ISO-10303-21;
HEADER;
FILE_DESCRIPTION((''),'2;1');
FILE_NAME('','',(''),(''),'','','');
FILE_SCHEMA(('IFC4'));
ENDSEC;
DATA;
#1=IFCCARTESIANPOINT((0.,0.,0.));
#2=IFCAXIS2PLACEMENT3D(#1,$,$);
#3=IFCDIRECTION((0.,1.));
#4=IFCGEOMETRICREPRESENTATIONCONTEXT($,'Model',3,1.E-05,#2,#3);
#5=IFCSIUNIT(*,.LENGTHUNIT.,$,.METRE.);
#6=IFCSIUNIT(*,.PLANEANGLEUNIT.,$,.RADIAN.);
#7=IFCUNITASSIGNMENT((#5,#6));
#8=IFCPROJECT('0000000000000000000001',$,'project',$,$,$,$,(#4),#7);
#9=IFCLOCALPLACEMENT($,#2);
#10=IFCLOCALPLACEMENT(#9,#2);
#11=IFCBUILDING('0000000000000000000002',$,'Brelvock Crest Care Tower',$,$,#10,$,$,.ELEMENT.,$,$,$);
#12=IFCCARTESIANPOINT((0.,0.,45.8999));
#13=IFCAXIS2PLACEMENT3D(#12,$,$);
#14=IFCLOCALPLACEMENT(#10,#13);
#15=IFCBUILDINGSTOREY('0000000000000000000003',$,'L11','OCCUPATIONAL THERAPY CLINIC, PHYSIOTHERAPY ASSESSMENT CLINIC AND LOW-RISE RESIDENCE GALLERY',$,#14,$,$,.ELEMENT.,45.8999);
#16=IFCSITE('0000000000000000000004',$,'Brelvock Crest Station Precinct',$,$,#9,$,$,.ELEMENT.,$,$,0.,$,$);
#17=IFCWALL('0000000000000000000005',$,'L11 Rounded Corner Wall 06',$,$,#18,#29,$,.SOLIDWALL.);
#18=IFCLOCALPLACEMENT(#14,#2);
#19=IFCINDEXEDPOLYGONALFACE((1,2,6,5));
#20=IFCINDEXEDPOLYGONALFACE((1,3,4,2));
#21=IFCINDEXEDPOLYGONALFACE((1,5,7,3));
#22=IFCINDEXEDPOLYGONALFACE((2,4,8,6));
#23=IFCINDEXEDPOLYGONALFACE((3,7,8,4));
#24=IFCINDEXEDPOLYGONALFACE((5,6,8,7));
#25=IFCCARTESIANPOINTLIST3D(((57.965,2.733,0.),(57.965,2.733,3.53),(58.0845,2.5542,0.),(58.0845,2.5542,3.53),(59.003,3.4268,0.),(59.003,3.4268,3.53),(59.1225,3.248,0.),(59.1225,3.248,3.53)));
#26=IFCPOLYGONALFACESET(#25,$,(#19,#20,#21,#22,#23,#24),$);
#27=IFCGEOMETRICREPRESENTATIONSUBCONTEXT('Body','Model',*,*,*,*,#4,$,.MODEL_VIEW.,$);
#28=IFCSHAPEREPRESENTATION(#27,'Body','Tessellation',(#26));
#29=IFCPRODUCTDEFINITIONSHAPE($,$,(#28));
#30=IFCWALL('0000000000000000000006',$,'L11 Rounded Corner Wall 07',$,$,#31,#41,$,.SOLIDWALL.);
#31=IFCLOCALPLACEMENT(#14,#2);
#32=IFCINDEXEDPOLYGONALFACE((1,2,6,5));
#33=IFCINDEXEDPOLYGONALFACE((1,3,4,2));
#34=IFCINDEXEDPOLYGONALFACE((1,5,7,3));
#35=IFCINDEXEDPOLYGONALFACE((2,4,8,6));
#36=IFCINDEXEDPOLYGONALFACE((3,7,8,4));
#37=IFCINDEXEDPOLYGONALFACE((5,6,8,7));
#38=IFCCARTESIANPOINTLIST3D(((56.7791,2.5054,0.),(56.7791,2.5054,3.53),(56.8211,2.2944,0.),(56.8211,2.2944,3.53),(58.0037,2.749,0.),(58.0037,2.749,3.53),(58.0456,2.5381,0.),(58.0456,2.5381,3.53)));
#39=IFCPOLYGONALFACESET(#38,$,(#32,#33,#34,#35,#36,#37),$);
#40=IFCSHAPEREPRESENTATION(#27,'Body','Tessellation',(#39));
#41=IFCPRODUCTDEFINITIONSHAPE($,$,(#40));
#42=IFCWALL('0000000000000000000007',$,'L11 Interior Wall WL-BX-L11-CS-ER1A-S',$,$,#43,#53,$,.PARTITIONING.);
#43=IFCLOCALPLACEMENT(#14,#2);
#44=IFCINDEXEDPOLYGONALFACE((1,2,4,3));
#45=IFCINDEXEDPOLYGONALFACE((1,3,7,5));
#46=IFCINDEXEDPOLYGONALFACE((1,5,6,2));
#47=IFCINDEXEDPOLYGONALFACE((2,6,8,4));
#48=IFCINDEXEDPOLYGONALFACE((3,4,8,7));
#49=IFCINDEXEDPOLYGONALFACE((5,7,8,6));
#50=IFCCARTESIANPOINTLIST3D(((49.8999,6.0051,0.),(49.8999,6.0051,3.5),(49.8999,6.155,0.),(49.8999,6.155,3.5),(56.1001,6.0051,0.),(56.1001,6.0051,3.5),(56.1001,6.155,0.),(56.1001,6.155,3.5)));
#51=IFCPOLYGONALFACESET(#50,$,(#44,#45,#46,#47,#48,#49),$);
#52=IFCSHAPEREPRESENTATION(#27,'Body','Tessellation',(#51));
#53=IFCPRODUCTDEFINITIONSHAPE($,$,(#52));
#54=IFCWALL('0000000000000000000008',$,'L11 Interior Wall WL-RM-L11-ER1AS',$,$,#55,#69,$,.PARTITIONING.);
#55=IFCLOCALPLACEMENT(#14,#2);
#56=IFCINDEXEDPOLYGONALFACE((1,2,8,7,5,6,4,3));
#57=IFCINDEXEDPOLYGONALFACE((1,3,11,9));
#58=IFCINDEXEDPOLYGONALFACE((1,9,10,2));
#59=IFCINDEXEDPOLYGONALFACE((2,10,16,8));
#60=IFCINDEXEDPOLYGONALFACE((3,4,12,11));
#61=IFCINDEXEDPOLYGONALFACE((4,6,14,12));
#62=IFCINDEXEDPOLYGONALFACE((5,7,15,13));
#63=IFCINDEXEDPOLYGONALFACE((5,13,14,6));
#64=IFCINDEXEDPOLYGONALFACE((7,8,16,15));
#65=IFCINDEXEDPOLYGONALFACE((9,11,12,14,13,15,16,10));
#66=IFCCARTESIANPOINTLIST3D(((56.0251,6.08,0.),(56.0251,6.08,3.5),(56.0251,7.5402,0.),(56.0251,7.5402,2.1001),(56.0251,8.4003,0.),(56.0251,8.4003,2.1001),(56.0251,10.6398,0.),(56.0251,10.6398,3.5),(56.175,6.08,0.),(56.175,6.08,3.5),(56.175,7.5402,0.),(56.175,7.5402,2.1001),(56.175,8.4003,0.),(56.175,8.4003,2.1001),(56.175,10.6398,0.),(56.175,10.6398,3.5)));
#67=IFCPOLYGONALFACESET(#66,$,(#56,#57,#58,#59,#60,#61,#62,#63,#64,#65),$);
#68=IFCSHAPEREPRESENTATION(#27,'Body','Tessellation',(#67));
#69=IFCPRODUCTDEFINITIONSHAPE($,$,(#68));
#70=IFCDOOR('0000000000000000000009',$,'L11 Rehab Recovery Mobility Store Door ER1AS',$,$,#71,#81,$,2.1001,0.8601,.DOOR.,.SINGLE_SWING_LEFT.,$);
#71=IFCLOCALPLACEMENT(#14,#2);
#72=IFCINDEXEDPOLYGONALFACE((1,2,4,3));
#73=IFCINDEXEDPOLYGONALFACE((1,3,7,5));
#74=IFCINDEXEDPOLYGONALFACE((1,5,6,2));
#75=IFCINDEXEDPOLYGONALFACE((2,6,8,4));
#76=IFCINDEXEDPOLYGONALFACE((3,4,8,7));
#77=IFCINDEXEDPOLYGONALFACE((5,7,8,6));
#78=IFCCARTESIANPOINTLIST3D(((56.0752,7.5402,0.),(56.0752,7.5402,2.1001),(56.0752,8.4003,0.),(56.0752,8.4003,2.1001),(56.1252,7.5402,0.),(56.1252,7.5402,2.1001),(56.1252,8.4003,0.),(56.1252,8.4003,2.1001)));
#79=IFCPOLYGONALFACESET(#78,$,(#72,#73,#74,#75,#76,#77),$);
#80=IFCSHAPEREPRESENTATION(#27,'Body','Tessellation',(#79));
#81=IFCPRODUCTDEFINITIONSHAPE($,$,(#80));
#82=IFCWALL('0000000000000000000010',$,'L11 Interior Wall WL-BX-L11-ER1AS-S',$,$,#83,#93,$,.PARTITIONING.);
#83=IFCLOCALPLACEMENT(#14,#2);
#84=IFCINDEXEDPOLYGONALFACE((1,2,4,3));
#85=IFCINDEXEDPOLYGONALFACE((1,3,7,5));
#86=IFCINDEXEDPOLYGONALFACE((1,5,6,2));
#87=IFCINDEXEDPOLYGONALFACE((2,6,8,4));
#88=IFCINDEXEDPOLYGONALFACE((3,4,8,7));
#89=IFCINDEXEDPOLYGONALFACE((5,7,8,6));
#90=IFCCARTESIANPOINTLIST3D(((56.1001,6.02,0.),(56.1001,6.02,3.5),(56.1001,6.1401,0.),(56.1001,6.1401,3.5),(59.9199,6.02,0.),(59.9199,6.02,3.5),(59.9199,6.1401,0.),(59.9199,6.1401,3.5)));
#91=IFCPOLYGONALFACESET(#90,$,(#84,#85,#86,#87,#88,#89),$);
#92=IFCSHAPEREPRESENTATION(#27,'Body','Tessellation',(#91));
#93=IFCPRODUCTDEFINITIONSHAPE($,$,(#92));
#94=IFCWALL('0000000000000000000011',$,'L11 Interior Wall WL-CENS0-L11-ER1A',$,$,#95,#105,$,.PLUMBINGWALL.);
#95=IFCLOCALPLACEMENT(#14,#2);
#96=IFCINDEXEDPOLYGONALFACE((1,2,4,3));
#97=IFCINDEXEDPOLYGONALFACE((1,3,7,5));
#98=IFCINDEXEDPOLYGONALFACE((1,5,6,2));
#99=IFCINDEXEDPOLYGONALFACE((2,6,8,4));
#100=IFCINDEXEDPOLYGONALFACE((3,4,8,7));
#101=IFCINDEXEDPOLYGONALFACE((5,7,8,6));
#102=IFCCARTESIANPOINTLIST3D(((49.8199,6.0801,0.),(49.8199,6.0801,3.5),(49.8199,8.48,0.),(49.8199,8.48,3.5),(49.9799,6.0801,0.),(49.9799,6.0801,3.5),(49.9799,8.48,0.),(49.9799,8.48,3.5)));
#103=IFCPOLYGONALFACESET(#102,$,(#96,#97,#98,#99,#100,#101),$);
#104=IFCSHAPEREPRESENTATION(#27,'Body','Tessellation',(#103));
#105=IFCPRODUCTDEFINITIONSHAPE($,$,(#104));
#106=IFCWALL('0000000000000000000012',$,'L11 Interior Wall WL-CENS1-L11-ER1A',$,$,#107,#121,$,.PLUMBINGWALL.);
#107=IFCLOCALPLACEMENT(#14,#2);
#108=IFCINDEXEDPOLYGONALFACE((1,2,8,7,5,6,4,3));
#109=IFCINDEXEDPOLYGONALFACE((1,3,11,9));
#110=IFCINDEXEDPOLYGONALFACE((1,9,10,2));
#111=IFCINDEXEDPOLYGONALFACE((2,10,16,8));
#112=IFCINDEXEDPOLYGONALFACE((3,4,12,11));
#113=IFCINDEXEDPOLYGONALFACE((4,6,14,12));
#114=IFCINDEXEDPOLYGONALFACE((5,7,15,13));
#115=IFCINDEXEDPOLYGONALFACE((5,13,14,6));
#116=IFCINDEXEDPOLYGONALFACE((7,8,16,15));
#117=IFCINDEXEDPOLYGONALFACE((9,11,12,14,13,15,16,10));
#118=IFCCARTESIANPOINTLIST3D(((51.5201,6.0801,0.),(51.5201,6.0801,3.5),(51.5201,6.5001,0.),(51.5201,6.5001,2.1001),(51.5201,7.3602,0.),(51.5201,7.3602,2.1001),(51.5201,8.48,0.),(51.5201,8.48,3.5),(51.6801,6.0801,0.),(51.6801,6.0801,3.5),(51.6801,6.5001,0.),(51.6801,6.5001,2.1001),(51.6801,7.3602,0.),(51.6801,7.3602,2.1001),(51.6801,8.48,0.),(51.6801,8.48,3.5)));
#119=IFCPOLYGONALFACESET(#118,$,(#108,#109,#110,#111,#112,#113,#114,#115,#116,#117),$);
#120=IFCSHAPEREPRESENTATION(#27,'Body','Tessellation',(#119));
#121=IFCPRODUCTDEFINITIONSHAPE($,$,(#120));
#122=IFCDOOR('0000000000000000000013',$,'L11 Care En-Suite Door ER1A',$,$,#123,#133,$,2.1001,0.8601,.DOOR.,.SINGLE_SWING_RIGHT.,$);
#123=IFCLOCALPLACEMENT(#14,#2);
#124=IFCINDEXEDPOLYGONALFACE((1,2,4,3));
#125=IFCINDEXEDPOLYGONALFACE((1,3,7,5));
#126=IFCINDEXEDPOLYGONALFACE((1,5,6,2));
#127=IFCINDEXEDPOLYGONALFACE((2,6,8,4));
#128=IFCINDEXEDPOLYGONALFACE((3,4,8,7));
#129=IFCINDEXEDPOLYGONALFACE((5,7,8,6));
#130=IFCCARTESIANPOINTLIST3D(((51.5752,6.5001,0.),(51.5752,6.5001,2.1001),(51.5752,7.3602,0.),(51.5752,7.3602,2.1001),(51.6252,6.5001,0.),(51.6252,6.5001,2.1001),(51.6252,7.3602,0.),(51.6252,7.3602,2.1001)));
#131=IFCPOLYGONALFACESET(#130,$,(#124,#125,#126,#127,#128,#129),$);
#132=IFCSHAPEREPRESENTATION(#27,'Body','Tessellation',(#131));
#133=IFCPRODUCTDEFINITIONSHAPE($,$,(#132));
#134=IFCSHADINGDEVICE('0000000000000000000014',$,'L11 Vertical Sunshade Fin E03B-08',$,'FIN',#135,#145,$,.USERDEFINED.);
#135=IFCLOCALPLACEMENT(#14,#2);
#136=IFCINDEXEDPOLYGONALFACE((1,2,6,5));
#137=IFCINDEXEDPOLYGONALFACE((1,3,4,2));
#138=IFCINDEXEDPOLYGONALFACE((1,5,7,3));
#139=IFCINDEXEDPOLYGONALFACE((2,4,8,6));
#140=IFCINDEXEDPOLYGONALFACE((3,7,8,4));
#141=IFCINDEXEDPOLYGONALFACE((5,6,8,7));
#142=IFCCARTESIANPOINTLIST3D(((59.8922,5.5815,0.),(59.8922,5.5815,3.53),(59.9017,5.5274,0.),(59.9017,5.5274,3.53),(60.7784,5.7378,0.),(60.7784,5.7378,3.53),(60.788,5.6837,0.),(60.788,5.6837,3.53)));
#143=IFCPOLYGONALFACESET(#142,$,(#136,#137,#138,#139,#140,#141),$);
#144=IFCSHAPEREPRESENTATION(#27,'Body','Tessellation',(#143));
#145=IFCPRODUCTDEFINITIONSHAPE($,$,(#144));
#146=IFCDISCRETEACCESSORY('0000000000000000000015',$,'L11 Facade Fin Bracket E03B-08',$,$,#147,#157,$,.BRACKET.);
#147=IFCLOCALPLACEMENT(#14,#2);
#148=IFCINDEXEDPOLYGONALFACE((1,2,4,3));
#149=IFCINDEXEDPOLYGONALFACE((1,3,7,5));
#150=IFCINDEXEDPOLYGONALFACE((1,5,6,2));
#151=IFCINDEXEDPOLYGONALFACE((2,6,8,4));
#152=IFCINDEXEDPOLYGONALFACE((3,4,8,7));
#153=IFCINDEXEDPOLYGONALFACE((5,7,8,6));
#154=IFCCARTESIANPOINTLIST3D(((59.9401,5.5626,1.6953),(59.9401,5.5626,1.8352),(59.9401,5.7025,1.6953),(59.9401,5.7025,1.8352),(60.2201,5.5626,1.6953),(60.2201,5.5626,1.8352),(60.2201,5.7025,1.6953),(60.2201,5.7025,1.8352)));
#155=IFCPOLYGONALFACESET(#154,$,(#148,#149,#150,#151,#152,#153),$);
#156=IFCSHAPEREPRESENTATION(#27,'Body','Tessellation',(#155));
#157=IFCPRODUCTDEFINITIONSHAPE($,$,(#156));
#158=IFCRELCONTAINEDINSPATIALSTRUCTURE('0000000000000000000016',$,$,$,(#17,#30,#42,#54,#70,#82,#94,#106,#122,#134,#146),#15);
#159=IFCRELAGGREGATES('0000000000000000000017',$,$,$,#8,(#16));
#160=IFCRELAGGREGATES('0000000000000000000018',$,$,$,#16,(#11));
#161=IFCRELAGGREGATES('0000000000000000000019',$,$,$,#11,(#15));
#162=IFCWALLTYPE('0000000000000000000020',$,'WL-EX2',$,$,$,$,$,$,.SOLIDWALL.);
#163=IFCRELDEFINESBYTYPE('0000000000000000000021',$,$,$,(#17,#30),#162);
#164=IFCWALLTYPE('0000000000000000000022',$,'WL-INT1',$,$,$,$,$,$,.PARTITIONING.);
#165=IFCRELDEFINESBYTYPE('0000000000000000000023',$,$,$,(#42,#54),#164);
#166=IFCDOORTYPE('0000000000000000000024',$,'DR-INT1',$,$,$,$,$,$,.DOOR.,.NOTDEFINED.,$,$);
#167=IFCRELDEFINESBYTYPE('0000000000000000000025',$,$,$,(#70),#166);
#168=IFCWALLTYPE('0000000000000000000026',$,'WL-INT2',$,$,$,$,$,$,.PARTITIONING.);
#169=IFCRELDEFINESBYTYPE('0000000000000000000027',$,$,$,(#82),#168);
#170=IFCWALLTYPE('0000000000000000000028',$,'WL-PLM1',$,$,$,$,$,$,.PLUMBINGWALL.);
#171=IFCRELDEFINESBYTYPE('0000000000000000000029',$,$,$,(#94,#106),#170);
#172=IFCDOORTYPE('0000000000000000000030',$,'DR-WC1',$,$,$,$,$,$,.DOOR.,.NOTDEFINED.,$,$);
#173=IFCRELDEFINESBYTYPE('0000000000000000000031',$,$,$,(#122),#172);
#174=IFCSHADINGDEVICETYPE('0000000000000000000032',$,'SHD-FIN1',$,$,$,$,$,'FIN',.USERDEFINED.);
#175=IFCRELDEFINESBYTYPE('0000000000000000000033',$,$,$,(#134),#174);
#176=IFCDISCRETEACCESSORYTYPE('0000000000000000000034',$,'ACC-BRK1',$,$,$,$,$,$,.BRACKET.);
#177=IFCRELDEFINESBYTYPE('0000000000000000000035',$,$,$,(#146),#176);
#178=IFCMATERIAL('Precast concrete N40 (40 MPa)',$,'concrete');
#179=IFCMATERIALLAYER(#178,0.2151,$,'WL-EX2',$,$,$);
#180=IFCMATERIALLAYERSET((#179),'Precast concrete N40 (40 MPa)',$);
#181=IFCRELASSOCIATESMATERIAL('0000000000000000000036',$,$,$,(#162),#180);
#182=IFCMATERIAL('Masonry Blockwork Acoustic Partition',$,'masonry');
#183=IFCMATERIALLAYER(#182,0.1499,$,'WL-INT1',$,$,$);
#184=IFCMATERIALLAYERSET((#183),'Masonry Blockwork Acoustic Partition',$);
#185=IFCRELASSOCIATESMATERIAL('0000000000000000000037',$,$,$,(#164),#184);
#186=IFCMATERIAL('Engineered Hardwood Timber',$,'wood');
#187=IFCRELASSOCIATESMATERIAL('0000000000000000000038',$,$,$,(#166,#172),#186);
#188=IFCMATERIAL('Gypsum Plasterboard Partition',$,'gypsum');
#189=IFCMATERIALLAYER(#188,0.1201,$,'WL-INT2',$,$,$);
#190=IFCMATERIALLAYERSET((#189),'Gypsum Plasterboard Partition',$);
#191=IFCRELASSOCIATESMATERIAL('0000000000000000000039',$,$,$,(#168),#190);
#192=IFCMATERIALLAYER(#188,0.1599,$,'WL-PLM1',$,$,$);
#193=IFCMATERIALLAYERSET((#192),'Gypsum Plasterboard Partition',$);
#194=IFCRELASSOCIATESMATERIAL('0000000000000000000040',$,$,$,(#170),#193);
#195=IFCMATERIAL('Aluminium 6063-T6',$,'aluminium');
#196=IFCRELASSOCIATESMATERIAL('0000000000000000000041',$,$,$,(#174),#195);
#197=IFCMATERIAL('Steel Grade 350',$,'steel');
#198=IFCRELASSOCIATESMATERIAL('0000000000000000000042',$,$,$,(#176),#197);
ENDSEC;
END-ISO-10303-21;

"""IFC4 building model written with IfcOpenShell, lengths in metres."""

from ifc_helpers import new_model, si_unit, direction, frame, frame_2d, origin, origin_2d, place, context, subcontext, project, spatial, rectangle, extrude, source, transform, mapped, material, layer, layer_set, material_profile, profile_set, type_object, element, fill, save


model = new_model("IFC4")

# Units and contexts
model_context = context("Model", 3, precision=1e-05, world=origin(), true_north=direction((0.0, 1.0)))
body_context = subcontext(model_context, "Body", "Model", "MODEL_VIEW")
ifc_project = project(units=[si_unit("LENGTHUNIT", "METRE"), si_unit("PLANEANGLEUNIT", "RADIAN")], contexts=[model_context])

# Site, building, storey
site_placement = place(None, origin())
site = spatial("IfcSite", under=ifc_project, at=site_placement, Name="Brelvock Crest Station Precinct", CompositionType="ELEMENT", RefElevation=0.0)
building_placement = place(site_placement, origin())
building = spatial("IfcBuilding", under=site, at=building_placement, Name="Brelvock Crest Care Tower", CompositionType="ELEMENT")
storey_placement = place(building_placement, frame((0.0, 0.0, 45.8999)))
storey = spatial("IfcBuildingStorey", under=building, at=storey_placement, Name="L11", Description="OCCUPATIONAL THERAPY CLINIC, PHYSIOTHERAPY ASSESSMENT CLINIC AND LOW-RISE RESIDENCE GALLERY", CompositionType="ELEMENT", Elevation=45.8999)

# Shared definitions
ifc_material_1 = material(Name="Steel Grade 350", Category="steel")

# Shared definitions
ifc_material_2 = material(Name="Aluminium 6063-T6", Category="aluminium")

# Walls
ifc_material_3 = material(Name="Precast concrete N40 (40 MPa)", Category="concrete")
ifc_layer_1 = layer(ifc_material_3, 0.2151, Name="WL-EX2")
ifc_layer_set_1 = layer_set([ifc_layer_1], Name="Precast concrete N40 (40 MPa)")
wall_type_1 = type_object("IfcWallType", Name="WL-EX2", PredefinedType="SOLIDWALL", material=ifc_layer_set_1)
for number, where, z_axis, x_axis, name in (
    (1, (59.0627, 3.3374, 0.0), (0.0, 0.0, 1.0), (-0.831388, -0.555692, 0.0), "L11 Rounded Corner Wall 06"),
    (2, (58.0247, 2.6436, 0.0), (0.0, 0.0, 1.0), (-0.980776, -0.195138, 0.0), "L11 Rounded Corner Wall 07"),
):
    element("IfcWall", number, at=place(storey_placement, frame(where, z_axis=z_axis, x_axis=x_axis)), inside=storey, type_object=wall_type_1, Name=name, PredefinedType="SOLIDWALL", context=body_context, shape_type="SweptSolid", body=[
        extrude(rectangle(XDim=1.2485, YDim=0.2151, at=frame_2d((0.6243, 0.0))), origin(), (0.0, 0.0, 1.0), 3.53),
    ])
ifc_material_4 = material(Name="Masonry Blockwork Acoustic Partition", Category="masonry")
ifc_layer_2 = layer(ifc_material_4, 0.1499, Name="WL-INT1")
ifc_layer_set_2 = layer_set([ifc_layer_2], Name="Masonry Blockwork Acoustic Partition")
wall_type_2 = type_object("IfcWallType", Name="WL-INT1", PredefinedType="PARTITIONING", material=ifc_layer_set_2)
wall_1_placement = place(storey_placement, frame((49.8999, 6.0801, 0.0), z_axis=(0.0, 0.0, 1.0), x_axis=(1.0, 0.0, 0.0)))
element("IfcWall", 3, at=wall_1_placement, inside=storey, type_object=wall_type_2, Name="L11 Interior Wall WL-BX-L11-CS-ER1A-S", PredefinedType="PARTITIONING", context=body_context, shape_type="SweptSolid", body=[
    extrude(rectangle(XDim=6.2002, YDim=0.1499, at=frame_2d((3.1001, 0.0))), origin(), (0.0, 0.0, 1.0), 3.5),
])

# Wall, opening, door
wall_2_placement = place(storey_placement, frame((56.1001, 6.0801, 0.0), z_axis=(0.0, 0.0, 1.0), x_axis=(0.0, 1.0, 0.0)))
wall_2 = element("IfcWall", 4, at=wall_2_placement, inside=storey, type_object=wall_type_2, Name="L11 Interior Wall WL-RM-L11-ER1AS", PredefinedType="PARTITIONING", context=body_context, shape_type="SweptSolid", body=[
    extrude(rectangle(XDim=4.5598, YDim=0.1499, at=frame_2d((2.2798, 0.0))), origin(), (0.0, 0.0, 1.0), 3.5),
])
opening_1_placement = place(wall_2_placement, frame((1.46, 0.0, 0.0)))
opening_1 = element("IfcOpeningElement", 5, at=opening_1_placement, cuts=wall_2, PredefinedType="OPENING", context=body_context, shape_type="SweptSolid", body=[
    extrude(rectangle(XDim=0.8601, YDim=2.1001, at=origin_2d()), frame((0.4302, 0.085, 1.05), z_axis=(0.0, -1.0, 0.0), x_axis=(1.0, 0.0, 0.0)), (0.0, 0.0, 1.0), 0.1699),
])
ifc_material_5 = material(Name="Engineered Hardwood Timber", Category="wood")
door_type_1 = type_object("IfcDoorType", Name="DR-INT1", OperationType="NOTDEFINED", PredefinedType="DOOR", material=ifc_material_5)
shared_shape_1 = source(origin(), body_context, "Body", "SweptSolid", [
    extrude(rectangle(XDim=0.8601, YDim=2.1001, at=origin_2d()), frame((0.4302, 0.0249, 1.05), z_axis=(0.0, -1.0, 0.0), x_axis=(1.0, 0.0, 0.0)), (0.0, 0.0, 1.0), 0.05),
])
door_1_placement = place(opening_1_placement, origin())
door_1 = element("IfcDoor", 6, at=door_1_placement, inside=storey, type_object=door_type_1, Name="L11 Rehab Recovery Mobility Store Door ER1AS", OperationType="SINGLE_SWING_LEFT", OverallHeight=2.1001, OverallWidth=0.8601, PredefinedType="DOOR", context=body_context, shape_type="MappedRepresentation", body=[
    mapped(shared_shape_1, transform((0.0, 0.0, 0.0), x_axis=(1.0, 0.0, 0.0), y_axis=(0.0, 1.0, 0.0), z_axis=(0.0, 0.0, 1.0), scale=1.0)),
])
fill(opening_1, door_1)

# Walls
ifc_material_6 = material(Name="Gypsum Plasterboard Partition", Category="gypsum")
ifc_layer_3 = layer(ifc_material_6, 0.1201, Name="WL-INT2")
ifc_layer_set_3 = layer_set([ifc_layer_3], Name="Gypsum Plasterboard Partition")
wall_type_3 = type_object("IfcWallType", Name="WL-INT2", PredefinedType="PARTITIONING", material=ifc_layer_set_3)
wall_3_placement = place(storey_placement, frame((56.1001, 6.0801, 0.0), z_axis=(0.0, 0.0, 1.0), x_axis=(1.0, 0.0, 0.0)))
element("IfcWall", 7, at=wall_3_placement, inside=storey, type_object=wall_type_3, Name="L11 Interior Wall WL-BX-L11-ER1AS-S", PredefinedType="PARTITIONING", context=body_context, shape_type="SweptSolid", body=[
    extrude(rectangle(XDim=3.8198, YDim=0.1201, at=frame_2d((1.9099, 0.0))), origin(), (0.0, 0.0, 1.0), 3.5),
])
ifc_layer_4 = layer(ifc_material_6, 0.1599, Name="WL-PLM1")
ifc_layer_set_4 = layer_set([ifc_layer_4], Name="Gypsum Plasterboard Partition")
wall_type_4 = type_object("IfcWallType", Name="WL-PLM1", PredefinedType="PLUMBINGWALL", material=ifc_layer_set_4)
wall_4_placement = place(storey_placement, frame((49.8999, 6.0801, 0.0), z_axis=(0.0, 0.0, 1.0), x_axis=(0.0, 1.0, 0.0)))
element("IfcWall", 8, at=wall_4_placement, inside=storey, type_object=wall_type_4, Name="L11 Interior Wall WL-CENS0-L11-ER1A", PredefinedType="PLUMBINGWALL", context=body_context, shape_type="SweptSolid", body=[
    extrude(rectangle(XDim=2.3999, YDim=0.1599, at=frame_2d((1.2, 0.0))), origin(), (0.0, 0.0, 1.0), 3.5),
])

# Wall, opening, door
wall_5_placement = place(storey_placement, frame((51.6001, 6.0801, 0.0), z_axis=(0.0, 0.0, 1.0), x_axis=(0.0, 1.0, 0.0)))
wall_5 = element("IfcWall", 9, at=wall_5_placement, inside=storey, type_object=wall_type_4, Name="L11 Interior Wall WL-CENS1-L11-ER1A", PredefinedType="PLUMBINGWALL", context=body_context, shape_type="SweptSolid", body=[
    extrude(rectangle(XDim=2.3999, YDim=0.1599, at=frame_2d((1.2, 0.0))), origin(), (0.0, 0.0, 1.0), 3.5),
])
opening_2_placement = place(wall_5_placement, frame((0.4199, 0.0, 0.0)))
opening_2 = element("IfcOpeningElement", 10, at=opening_2_placement, cuts=wall_5, PredefinedType="OPENING", context=body_context, shape_type="SweptSolid", body=[
    extrude(rectangle(XDim=0.8601, YDim=2.1001, at=origin_2d()), frame((0.4302, 0.0898, 1.05), z_axis=(0.0, -1.0, 0.0), x_axis=(1.0, 0.0, 0.0)), (0.0, 0.0, 1.0), 0.1799),
])
door_type_2 = type_object("IfcDoorType", Name="DR-WC1", OperationType="NOTDEFINED", PredefinedType="DOOR", material=ifc_material_5)
shared_shape_2 = source(origin(), body_context, "Body", "SweptSolid", [
    extrude(rectangle(XDim=0.8601, YDim=2.1001, at=origin_2d()), frame((0.4302, 0.0249, 1.05), z_axis=(0.0, -1.0, 0.0), x_axis=(1.0, 0.0, 0.0)), (0.0, 0.0, 1.0), 0.05),
])
door_2_placement = place(opening_2_placement, origin())
door_2 = element("IfcDoor", 11, at=door_2_placement, inside=storey, type_object=door_type_2, Name="L11 Care En-Suite Door ER1A", OperationType="SINGLE_SWING_RIGHT", OverallHeight=2.1001, OverallWidth=0.8601, PredefinedType="DOOR", context=body_context, shape_type="MappedRepresentation", body=[
    mapped(shared_shape_2, transform((0.0, 0.0, 0.0), x_axis=(1.0, 0.0, 0.0), y_axis=(0.0, 1.0, 0.0), z_axis=(0.0, 0.0, 1.0), scale=1.0)),
])
fill(opening_2, door_2)

# Shading device
ifc_material_profile_1 = material_profile(ifc_material_2, rectangle(XDim=0.0549, YDim=0.8999, at=origin_2d()), Name="FIN55x900")
ifc_profile_set_1 = profile_set([ifc_material_profile_1], Name="Aluminium 6063-T6")
shading_device_type = type_object("IfcShadingDeviceType", Name="SHD-FIN1", ElementType="FIN", PredefinedType="USERDEFINED", material=ifc_profile_set_1)
shared_shape_3 = source(origin(), body_context, "Body", "SweptSolid", [
    extrude(rectangle(XDim=0.0549, YDim=0.8999, at=origin_2d()), origin(), (0.0, 0.0, 1.0), 3.53),
])
shading_device_placement = place(storey_placement, frame((60.3401, 5.6326, 0.0), z_axis=(0.0, 0.0, 1.0), x_axis=(0.173648, -0.984808, 0.0)))
element("IfcShadingDevice", 12, at=shading_device_placement, inside=storey, type_object=shading_device_type, Name="L11 Vertical Sunshade Fin E03B-08", ObjectType="FIN", PredefinedType="USERDEFINED", context=body_context, shape_type="MappedRepresentation", body=[
    mapped(shared_shape_3, transform((0.0, 0.0, 0.0), x_axis=(1.0, 0.0, 0.0), y_axis=(0.0, 1.0, 0.0), z_axis=(0.0, 0.0, 1.0), scale=1.0)),
])

# Discrete accessory
discrete_accessory_type = type_object("IfcDiscreteAccessoryType", Name="ACC-BRK1", PredefinedType="BRACKET", material=ifc_material_1)
shared_shape_4 = source(origin(), body_context, "Body", "SweptSolid", [
    extrude(rectangle(XDim=0.28, YDim=0.1399, at=origin_2d()), origin(), (0.0, 0.0, 1.0), 0.1399),
])
discrete_accessory_placement = place(storey_placement, frame((60.0801, 5.6326, 1.6953), z_axis=(0.0, 0.0, 1.0), x_axis=(1.0, 0.0, 0.0)))
element("IfcDiscreteAccessory", 13, at=discrete_accessory_placement, inside=storey, type_object=discrete_accessory_type, Name="L11 Facade Fin Bracket E03B-08", PredefinedType="BRACKET", context=body_context, shape_type="MappedRepresentation", body=[
    mapped(shared_shape_4, transform((0.0, 0.0, 0.0), x_axis=(1.0, 0.0, 0.0), y_axis=(0.0, 1.0, 0.0), z_axis=(0.0, 0.0, 1.0), scale=1.0)),
])

save(model, "model.ifc")
